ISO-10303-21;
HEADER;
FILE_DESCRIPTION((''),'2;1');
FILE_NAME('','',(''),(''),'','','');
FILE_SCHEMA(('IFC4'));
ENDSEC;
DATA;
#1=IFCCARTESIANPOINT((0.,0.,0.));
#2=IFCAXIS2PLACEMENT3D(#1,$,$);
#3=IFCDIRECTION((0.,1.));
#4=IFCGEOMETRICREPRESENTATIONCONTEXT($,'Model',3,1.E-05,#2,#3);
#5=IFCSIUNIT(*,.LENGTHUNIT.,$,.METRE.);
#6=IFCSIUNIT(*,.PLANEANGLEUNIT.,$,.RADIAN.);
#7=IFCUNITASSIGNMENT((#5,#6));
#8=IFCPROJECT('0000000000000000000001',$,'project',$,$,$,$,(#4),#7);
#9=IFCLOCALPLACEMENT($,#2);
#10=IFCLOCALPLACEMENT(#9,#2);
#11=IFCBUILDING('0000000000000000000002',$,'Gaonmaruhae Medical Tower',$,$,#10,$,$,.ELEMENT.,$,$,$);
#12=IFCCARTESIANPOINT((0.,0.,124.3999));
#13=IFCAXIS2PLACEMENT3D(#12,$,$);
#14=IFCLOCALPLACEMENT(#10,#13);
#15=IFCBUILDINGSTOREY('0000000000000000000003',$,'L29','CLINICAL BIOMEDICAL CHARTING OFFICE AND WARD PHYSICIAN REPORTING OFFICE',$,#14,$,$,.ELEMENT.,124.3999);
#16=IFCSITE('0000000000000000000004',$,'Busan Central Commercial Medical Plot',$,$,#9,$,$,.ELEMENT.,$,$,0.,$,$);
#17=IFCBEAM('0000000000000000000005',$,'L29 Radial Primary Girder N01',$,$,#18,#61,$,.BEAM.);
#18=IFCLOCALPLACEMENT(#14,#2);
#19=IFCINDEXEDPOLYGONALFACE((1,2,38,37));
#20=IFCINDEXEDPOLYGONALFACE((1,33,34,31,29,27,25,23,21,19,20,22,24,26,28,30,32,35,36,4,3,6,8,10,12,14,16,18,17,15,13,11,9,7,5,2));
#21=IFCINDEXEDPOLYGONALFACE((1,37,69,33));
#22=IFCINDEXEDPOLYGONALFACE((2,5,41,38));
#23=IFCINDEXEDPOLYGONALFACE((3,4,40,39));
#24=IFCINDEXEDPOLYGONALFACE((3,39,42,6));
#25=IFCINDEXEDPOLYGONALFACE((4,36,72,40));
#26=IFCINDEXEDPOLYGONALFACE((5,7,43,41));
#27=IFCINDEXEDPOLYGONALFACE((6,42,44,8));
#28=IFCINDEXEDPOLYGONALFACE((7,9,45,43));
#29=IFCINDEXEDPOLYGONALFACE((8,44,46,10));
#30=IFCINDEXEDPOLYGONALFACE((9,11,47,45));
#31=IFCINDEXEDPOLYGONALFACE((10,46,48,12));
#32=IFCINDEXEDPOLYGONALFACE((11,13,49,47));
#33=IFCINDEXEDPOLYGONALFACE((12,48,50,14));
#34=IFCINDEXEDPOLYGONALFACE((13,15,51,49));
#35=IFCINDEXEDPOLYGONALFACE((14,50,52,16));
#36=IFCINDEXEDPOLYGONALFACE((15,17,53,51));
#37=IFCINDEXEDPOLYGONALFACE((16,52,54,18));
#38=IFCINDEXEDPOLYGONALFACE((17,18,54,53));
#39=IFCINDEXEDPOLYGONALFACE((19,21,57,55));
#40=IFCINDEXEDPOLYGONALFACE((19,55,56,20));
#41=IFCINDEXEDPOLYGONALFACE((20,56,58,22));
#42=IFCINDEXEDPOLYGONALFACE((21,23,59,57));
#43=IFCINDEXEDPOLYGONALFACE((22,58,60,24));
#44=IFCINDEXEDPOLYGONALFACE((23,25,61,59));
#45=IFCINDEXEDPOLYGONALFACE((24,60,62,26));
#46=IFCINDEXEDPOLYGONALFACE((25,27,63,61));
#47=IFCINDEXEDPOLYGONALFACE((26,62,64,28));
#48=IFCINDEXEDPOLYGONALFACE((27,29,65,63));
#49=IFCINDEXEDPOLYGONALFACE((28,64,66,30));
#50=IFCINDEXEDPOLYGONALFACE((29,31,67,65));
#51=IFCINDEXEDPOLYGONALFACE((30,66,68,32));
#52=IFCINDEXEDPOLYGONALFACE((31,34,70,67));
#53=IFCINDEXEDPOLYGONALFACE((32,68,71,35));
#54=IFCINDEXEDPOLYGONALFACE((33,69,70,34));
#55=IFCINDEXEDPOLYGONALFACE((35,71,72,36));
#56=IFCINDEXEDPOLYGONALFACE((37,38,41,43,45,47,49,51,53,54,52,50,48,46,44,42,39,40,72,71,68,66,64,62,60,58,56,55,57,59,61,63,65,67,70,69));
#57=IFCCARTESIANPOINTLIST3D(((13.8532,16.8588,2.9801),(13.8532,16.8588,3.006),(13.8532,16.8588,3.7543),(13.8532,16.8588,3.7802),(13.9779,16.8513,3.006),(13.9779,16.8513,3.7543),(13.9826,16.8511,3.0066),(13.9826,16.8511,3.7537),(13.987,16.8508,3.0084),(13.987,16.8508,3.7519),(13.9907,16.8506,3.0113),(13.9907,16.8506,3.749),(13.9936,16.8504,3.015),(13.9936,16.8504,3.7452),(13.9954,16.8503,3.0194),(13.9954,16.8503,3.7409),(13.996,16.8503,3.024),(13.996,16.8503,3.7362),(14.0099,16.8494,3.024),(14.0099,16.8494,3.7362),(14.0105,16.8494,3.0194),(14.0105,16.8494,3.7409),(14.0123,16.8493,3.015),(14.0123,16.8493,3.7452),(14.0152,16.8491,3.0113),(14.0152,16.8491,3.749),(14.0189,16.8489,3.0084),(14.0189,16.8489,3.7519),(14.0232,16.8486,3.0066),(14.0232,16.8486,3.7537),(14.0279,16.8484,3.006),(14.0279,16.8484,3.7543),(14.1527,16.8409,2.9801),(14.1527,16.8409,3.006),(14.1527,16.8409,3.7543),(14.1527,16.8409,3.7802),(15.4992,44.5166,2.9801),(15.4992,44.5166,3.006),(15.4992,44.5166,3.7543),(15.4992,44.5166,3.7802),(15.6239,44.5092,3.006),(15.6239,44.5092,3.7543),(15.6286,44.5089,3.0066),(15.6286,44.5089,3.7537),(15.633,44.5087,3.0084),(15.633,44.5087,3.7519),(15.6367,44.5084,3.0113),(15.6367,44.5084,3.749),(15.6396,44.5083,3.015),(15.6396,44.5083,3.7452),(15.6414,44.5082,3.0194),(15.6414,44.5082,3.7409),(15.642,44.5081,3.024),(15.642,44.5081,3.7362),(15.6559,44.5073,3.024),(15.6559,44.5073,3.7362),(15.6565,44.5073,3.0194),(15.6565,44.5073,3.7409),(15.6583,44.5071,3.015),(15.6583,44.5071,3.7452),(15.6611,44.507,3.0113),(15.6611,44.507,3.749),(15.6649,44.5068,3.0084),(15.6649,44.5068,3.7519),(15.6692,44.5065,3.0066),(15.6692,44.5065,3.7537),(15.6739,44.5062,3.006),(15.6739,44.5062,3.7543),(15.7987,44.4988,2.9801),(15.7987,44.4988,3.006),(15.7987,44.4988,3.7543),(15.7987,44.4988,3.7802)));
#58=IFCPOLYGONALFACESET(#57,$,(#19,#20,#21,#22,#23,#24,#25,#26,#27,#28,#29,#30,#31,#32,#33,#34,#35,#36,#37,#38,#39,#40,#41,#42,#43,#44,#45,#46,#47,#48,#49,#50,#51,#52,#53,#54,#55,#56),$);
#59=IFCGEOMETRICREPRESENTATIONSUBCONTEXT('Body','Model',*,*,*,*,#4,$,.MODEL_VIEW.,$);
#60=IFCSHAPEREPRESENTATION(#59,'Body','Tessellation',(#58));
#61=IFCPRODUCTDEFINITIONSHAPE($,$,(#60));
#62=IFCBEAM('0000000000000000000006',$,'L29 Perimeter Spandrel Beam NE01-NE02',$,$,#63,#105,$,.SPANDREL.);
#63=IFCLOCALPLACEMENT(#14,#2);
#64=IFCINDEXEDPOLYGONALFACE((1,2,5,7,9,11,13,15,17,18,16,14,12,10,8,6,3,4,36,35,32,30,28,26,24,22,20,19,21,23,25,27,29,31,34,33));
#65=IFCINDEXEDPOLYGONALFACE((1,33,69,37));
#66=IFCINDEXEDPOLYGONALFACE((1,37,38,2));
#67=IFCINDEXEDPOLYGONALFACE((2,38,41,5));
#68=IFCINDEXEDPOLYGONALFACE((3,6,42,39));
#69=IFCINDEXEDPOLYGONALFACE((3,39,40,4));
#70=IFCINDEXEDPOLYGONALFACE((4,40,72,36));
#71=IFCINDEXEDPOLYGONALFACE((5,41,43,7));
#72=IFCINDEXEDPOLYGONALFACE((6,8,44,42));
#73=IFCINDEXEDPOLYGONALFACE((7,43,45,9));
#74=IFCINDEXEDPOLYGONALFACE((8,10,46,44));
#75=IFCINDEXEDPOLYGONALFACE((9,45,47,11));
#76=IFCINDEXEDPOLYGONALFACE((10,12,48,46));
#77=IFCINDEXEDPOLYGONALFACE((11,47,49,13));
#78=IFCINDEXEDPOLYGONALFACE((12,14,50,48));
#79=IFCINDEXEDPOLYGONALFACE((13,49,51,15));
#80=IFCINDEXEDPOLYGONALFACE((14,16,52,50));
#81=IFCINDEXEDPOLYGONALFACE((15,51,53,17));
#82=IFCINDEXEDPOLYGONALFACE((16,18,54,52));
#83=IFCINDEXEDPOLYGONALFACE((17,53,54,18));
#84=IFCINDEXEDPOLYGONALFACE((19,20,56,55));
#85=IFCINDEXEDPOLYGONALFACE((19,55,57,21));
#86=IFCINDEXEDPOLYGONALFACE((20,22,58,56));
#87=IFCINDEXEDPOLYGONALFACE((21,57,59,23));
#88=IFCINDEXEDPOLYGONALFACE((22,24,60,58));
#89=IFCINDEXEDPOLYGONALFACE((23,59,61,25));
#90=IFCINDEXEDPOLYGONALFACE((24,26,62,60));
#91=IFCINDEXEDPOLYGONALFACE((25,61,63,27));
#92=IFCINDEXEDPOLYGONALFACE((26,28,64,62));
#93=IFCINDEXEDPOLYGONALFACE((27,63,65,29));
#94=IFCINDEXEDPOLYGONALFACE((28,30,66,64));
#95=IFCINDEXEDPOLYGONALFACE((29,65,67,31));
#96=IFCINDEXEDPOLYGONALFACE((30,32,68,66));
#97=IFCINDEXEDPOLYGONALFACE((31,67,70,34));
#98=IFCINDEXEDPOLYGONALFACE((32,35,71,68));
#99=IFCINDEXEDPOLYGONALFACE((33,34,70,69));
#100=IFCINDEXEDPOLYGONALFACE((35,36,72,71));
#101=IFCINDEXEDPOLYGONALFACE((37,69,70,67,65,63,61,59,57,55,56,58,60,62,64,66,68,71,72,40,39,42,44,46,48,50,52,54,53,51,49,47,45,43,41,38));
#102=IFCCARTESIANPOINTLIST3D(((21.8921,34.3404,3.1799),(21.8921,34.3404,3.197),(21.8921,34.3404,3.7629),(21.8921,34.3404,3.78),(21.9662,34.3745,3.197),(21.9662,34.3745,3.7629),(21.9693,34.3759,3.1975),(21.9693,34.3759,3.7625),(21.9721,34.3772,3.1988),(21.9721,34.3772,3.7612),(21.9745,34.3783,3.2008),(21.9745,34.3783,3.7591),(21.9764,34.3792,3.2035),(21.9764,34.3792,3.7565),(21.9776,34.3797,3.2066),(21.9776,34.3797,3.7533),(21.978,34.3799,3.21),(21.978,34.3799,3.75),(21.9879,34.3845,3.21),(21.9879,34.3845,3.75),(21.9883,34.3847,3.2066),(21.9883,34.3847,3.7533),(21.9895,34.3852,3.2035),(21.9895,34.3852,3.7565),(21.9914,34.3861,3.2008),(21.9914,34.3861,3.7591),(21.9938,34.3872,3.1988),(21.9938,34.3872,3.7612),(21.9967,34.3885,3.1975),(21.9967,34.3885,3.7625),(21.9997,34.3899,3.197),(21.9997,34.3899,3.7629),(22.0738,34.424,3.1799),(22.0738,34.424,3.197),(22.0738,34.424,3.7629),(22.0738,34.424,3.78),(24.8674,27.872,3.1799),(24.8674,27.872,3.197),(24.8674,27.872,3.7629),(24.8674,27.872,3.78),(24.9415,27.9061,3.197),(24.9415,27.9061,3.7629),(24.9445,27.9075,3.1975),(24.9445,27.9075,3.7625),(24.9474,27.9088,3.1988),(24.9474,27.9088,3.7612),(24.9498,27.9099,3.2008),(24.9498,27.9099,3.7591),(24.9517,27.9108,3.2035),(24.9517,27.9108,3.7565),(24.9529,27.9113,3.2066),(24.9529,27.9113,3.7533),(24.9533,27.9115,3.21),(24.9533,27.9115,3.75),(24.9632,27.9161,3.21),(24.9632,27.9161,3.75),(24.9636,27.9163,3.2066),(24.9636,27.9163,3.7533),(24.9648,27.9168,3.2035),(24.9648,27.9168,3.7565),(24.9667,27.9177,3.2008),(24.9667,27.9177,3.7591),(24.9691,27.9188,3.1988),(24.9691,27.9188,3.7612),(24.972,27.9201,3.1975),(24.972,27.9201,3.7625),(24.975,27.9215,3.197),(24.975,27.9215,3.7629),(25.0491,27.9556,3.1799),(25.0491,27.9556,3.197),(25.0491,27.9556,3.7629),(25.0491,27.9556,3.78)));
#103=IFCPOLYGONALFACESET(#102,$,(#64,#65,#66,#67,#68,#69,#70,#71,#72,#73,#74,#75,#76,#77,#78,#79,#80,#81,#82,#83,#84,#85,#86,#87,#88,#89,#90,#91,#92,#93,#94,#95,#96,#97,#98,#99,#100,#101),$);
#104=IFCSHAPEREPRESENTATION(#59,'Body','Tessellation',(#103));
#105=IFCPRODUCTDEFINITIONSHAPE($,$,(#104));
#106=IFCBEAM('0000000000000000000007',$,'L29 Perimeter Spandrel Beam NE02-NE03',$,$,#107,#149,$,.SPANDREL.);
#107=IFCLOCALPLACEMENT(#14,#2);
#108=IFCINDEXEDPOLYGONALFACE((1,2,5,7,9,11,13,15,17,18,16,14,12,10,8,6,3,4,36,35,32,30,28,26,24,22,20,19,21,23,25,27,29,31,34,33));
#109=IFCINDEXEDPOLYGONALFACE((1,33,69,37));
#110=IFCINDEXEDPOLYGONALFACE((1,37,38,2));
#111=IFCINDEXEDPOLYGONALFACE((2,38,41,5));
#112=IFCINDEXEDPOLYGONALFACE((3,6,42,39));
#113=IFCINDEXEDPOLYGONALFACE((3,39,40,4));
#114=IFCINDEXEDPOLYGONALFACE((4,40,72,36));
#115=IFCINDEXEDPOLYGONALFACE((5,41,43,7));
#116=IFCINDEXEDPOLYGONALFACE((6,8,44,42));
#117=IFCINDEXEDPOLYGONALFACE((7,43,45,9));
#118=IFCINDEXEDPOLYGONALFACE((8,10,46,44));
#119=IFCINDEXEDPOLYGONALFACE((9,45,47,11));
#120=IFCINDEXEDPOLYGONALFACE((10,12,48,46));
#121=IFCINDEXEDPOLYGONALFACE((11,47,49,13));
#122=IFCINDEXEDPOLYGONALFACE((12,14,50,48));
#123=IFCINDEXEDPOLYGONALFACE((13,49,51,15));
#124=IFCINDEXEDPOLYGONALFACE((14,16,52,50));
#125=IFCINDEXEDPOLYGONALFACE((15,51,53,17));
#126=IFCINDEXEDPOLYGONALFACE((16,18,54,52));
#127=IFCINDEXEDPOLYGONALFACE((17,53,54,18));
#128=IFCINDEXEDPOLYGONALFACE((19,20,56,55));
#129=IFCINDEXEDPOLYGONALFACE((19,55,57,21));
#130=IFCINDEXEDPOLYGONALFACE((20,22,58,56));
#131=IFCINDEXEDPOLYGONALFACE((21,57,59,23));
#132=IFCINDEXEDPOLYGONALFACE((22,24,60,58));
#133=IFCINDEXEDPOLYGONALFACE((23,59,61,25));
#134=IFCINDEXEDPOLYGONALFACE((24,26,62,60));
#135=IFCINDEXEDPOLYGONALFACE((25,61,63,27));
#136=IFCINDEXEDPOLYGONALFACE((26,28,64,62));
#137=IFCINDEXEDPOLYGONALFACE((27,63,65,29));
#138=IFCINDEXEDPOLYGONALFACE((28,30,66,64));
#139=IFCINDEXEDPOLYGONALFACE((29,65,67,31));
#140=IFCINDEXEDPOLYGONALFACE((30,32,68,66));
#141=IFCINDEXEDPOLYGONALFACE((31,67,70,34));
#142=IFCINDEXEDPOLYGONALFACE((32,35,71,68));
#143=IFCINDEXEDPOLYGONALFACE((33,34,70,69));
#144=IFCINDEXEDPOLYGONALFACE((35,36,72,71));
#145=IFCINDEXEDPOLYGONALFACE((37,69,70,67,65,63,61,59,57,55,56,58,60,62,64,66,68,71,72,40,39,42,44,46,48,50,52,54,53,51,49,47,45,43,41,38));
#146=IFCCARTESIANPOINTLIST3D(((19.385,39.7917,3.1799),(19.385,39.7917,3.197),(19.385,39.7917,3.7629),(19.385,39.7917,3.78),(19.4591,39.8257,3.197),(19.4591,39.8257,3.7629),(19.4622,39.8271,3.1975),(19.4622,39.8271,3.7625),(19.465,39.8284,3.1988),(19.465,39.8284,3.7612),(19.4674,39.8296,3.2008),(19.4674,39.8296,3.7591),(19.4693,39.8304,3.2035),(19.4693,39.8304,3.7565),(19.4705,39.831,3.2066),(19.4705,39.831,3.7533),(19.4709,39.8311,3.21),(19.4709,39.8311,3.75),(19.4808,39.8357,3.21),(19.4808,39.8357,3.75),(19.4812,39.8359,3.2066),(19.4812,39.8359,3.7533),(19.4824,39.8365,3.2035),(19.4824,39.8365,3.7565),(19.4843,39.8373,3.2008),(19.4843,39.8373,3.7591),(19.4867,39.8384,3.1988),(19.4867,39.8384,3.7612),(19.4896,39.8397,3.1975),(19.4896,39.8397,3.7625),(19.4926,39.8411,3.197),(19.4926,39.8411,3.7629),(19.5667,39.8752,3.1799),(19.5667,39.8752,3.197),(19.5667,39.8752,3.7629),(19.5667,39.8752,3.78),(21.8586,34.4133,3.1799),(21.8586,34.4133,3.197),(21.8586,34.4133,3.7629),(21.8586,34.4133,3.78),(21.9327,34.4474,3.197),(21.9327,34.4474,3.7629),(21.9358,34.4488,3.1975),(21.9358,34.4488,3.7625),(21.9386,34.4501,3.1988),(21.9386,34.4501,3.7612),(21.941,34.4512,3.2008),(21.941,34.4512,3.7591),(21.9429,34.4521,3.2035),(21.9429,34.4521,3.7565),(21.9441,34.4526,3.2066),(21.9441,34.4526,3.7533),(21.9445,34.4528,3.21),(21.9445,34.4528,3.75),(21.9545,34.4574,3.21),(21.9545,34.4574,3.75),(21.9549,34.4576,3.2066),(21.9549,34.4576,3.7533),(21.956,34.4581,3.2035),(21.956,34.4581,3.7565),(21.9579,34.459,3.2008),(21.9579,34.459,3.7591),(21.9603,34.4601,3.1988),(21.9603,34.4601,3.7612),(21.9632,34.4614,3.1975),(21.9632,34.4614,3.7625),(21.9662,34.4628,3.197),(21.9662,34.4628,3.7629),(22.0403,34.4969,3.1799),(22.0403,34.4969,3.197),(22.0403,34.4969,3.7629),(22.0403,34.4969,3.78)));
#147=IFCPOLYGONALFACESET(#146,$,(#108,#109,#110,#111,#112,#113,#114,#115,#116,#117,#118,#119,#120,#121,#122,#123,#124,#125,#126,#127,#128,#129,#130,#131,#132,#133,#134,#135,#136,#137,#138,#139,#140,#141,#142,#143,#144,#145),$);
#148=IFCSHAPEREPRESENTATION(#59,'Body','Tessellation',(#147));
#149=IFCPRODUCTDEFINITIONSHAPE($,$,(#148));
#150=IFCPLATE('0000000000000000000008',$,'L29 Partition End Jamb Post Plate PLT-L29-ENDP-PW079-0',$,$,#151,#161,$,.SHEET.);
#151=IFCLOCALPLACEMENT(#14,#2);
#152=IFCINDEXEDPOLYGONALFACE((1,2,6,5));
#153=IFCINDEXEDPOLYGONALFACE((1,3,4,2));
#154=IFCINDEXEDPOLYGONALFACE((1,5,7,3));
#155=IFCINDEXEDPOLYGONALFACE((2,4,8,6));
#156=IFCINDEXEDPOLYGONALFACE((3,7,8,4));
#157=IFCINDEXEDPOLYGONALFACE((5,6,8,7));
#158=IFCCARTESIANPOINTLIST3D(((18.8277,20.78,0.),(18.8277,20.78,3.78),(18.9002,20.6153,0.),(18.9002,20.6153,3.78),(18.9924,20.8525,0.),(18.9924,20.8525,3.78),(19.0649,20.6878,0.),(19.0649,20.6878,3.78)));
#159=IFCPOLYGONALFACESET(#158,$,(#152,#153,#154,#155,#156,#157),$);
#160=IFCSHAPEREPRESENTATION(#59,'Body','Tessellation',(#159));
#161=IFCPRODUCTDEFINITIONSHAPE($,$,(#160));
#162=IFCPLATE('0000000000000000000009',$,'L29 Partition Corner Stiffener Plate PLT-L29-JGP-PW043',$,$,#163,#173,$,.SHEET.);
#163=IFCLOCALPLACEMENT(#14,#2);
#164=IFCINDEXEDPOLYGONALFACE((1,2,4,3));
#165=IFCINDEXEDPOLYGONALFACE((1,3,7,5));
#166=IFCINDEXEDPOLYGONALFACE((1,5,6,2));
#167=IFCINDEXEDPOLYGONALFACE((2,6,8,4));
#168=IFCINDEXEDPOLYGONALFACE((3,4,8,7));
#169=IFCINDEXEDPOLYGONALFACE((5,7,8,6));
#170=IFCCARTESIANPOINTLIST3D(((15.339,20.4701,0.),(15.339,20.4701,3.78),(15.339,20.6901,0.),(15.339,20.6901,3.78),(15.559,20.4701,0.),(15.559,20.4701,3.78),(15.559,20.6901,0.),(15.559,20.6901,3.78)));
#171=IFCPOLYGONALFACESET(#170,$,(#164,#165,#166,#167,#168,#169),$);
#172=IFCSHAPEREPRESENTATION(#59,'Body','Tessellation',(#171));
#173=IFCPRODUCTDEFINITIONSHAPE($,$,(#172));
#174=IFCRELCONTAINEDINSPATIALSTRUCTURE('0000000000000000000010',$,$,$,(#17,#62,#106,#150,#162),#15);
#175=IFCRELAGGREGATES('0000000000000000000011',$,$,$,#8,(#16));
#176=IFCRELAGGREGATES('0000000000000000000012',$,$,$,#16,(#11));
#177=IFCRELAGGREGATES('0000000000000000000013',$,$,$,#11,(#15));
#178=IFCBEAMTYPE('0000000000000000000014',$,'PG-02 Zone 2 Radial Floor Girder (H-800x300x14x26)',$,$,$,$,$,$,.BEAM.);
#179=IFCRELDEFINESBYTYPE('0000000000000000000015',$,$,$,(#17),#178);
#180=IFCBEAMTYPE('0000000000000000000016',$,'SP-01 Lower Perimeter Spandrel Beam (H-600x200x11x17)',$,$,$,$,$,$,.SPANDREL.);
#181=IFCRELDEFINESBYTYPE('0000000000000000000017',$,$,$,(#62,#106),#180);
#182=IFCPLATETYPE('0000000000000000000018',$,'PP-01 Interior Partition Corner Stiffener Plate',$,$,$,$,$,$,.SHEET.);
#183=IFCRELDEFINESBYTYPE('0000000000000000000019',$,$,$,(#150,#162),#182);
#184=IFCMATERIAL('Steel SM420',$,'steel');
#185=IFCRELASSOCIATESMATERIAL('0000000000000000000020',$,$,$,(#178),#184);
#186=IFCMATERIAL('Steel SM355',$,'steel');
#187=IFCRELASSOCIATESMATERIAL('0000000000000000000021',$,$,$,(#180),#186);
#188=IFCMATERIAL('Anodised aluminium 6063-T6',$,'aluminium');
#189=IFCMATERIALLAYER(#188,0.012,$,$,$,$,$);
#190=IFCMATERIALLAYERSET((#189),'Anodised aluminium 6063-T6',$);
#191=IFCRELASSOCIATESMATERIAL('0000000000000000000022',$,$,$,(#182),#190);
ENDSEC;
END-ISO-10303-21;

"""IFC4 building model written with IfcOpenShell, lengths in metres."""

from ifc_helpers import new_model, si_unit, direction, frame, origin, origin_2d, place, context, subcontext, project, spatial, rectangle, i_section, extrude, material, layer, layer_set, material_profile, profile_set, type_object, element, save


model = new_model("IFC4")

# Units and contexts
model_context = context("Model", 3, precision=1e-05, world=origin(), true_north=direction((0.0, 1.0)))
body_context = subcontext(model_context, "Body", "Model", "MODEL_VIEW")
ifc_project = project(units=[si_unit("LENGTHUNIT", "METRE"), si_unit("PLANEANGLEUNIT", "RADIAN")], contexts=[model_context])

# Site, building, storey
site_placement = place(None, origin())
site = spatial("IfcSite", under=ifc_project, at=site_placement, Name="Busan Central Commercial Medical Plot", CompositionType="ELEMENT", RefElevation=0.0)
building_placement = place(site_placement, origin())
building = spatial("IfcBuilding", under=site, at=building_placement, Name="Gaonmaruhae Medical Tower", CompositionType="ELEMENT")
storey_placement = place(building_placement, frame((0.0, 0.0, 124.3999)))
storey = spatial("IfcBuildingStorey", under=building, at=storey_placement, Name="L29", Description="CLINICAL BIOMEDICAL CHARTING OFFICE AND WARD PHYSICIAN REPORTING OFFICE", CompositionType="ELEMENT", Elevation=124.3999)

# Beams
ifc_material_1 = material(Name="Steel SM355", Category="steel")
ifc_material_2 = material(Name="Steel SM420", Category="steel")
ifc_material_profile_1 = material_profile(ifc_material_2, i_section(OverallWidth=0.3, OverallDepth=0.8, WebThickness=0.0139, FlangeThickness=0.0259, FilletRadius=0.0181, at=origin_2d()), Name="H-800x300x14x26")
ifc_profile_set_1 = profile_set([ifc_material_profile_1], Name="Steel SM420")
beam_type_1 = type_object("IfcBeamType", Name="PG-02 Zone 2 Radial Floor Girder (H-800x300x14x26)", PredefinedType="BEAM", material=ifc_profile_set_1)
beam_1_placement = place(storey_placement, frame((14.0029, 16.8499, 3.3801), z_axis=(0.059407, 0.998234, 0.0), x_axis=(-0.998234, 0.059407, 0.0)))
element("IfcBeam", 1, at=beam_1_placement, inside=storey, type_object=beam_type_1, Name="L29 Radial Primary Girder N01", PredefinedType="BEAM", context=body_context, shape_type="SweptSolid", body=[
    extrude(i_section(OverallWidth=0.3, OverallDepth=0.8, WebThickness=0.0139, FlangeThickness=0.0259, FilletRadius=0.0181, at=origin_2d()), origin(), (0.0, 0.0, 1.0), 27.7068),
])
ifc_material_profile_2 = material_profile(ifc_material_1, i_section(OverallWidth=0.2, OverallDepth=0.6001, WebThickness=0.011, FlangeThickness=0.0171, FilletRadius=0.0129, at=origin_2d()), Name="H-600x200x11x17")
ifc_profile_set_2 = profile_set([ifc_material_profile_2], Name="Steel SM355")
beam_type_2 = type_object("IfcBeamType", Name="SP-01 Lower Perimeter Spandrel Beam (H-600x200x11x17)", PredefinedType="SPANDREL", material=ifc_profile_set_2)
beam_2_placement = place(storey_placement, frame((24.9583, 27.9138, 3.48), z_axis=(-0.417886, 0.9085, 0.0), x_axis=(-0.9085, -0.417886, 0.0)))
element("IfcBeam", 2, at=beam_2_placement, inside=storey, type_object=beam_type_2, Name="L29 Perimeter Spandrel Beam NE01-NE02", PredefinedType="SPANDREL", context=body_context, shape_type="SweptSolid", body=[
    extrude(i_section(OverallWidth=0.2, OverallDepth=0.6001, WebThickness=0.011, FlangeThickness=0.0171, FilletRadius=0.0129, at=origin_2d()), origin(), (0.0, 0.0, 1.0), 7.1199),
])
beam_3_placement = place(storey_placement, frame((21.9495, 34.4551, 3.48), z_axis=(-0.417844, 0.908519, 0.0), x_axis=(-0.908519, -0.417844, 0.0)))
element("IfcBeam", 3, at=beam_3_placement, inside=storey, type_object=beam_type_2, Name="L29 Perimeter Spandrel Beam NE02-NE03", PredefinedType="SPANDREL", context=body_context, shape_type="SweptSolid", body=[
    extrude(i_section(OverallWidth=0.2, OverallDepth=0.6001, WebThickness=0.011, FlangeThickness=0.0171, FilletRadius=0.0129, at=origin_2d()), origin(), (0.0, 0.0, 1.0), 5.9199),
])

# Plates
ifc_material_3 = material(Name="Anodised aluminium 6063-T6", Category="aluminium")
ifc_layer_1 = layer(ifc_material_3, 0.012)
ifc_layer_set_1 = layer_set([ifc_layer_1], Name="Anodised aluminium 6063-T6")
plate_type = type_object("IfcPlateType", Name="PP-01 Interior Partition Corner Stiffener Plate", PredefinedType="SHEET", material=ifc_layer_set_1)
plate_1_placement = place(storey_placement, frame((18.9463, 20.7339, 0.0), z_axis=(0.0, 0.0, 1.0), x_axis=(-0.402651, 0.915354, 0.0)))
element("IfcPlate", 4, at=plate_1_placement, inside=storey, type_object=plate_type, Name="L29 Partition End Jamb Post Plate PLT-L29-ENDP-PW079-0", PredefinedType="SHEET", context=body_context, shape_type="SweptSolid", body=[
    extrude(rectangle(XDim=0.1799, YDim=0.1799, at=origin_2d()), origin(), (0.0, 0.0, 1.0), 3.78),
])
plate_2_placement = place(storey_placement, frame((15.449, 20.5801, 0.0), z_axis=(0.0, 0.0, 1.0), x_axis=(-1.0, 0.0, 0.0)))
element("IfcPlate", 5, at=plate_2_placement, inside=storey, type_object=plate_type, Name="L29 Partition Corner Stiffener Plate PLT-L29-JGP-PW043", PredefinedType="SHEET", context=body_context, shape_type="SweptSolid", body=[
    extrude(rectangle(XDim=0.22, YDim=0.22, at=origin_2d()), origin(), (0.0, 0.0, 1.0), 3.78),
])

save(model, "model.ifc")
